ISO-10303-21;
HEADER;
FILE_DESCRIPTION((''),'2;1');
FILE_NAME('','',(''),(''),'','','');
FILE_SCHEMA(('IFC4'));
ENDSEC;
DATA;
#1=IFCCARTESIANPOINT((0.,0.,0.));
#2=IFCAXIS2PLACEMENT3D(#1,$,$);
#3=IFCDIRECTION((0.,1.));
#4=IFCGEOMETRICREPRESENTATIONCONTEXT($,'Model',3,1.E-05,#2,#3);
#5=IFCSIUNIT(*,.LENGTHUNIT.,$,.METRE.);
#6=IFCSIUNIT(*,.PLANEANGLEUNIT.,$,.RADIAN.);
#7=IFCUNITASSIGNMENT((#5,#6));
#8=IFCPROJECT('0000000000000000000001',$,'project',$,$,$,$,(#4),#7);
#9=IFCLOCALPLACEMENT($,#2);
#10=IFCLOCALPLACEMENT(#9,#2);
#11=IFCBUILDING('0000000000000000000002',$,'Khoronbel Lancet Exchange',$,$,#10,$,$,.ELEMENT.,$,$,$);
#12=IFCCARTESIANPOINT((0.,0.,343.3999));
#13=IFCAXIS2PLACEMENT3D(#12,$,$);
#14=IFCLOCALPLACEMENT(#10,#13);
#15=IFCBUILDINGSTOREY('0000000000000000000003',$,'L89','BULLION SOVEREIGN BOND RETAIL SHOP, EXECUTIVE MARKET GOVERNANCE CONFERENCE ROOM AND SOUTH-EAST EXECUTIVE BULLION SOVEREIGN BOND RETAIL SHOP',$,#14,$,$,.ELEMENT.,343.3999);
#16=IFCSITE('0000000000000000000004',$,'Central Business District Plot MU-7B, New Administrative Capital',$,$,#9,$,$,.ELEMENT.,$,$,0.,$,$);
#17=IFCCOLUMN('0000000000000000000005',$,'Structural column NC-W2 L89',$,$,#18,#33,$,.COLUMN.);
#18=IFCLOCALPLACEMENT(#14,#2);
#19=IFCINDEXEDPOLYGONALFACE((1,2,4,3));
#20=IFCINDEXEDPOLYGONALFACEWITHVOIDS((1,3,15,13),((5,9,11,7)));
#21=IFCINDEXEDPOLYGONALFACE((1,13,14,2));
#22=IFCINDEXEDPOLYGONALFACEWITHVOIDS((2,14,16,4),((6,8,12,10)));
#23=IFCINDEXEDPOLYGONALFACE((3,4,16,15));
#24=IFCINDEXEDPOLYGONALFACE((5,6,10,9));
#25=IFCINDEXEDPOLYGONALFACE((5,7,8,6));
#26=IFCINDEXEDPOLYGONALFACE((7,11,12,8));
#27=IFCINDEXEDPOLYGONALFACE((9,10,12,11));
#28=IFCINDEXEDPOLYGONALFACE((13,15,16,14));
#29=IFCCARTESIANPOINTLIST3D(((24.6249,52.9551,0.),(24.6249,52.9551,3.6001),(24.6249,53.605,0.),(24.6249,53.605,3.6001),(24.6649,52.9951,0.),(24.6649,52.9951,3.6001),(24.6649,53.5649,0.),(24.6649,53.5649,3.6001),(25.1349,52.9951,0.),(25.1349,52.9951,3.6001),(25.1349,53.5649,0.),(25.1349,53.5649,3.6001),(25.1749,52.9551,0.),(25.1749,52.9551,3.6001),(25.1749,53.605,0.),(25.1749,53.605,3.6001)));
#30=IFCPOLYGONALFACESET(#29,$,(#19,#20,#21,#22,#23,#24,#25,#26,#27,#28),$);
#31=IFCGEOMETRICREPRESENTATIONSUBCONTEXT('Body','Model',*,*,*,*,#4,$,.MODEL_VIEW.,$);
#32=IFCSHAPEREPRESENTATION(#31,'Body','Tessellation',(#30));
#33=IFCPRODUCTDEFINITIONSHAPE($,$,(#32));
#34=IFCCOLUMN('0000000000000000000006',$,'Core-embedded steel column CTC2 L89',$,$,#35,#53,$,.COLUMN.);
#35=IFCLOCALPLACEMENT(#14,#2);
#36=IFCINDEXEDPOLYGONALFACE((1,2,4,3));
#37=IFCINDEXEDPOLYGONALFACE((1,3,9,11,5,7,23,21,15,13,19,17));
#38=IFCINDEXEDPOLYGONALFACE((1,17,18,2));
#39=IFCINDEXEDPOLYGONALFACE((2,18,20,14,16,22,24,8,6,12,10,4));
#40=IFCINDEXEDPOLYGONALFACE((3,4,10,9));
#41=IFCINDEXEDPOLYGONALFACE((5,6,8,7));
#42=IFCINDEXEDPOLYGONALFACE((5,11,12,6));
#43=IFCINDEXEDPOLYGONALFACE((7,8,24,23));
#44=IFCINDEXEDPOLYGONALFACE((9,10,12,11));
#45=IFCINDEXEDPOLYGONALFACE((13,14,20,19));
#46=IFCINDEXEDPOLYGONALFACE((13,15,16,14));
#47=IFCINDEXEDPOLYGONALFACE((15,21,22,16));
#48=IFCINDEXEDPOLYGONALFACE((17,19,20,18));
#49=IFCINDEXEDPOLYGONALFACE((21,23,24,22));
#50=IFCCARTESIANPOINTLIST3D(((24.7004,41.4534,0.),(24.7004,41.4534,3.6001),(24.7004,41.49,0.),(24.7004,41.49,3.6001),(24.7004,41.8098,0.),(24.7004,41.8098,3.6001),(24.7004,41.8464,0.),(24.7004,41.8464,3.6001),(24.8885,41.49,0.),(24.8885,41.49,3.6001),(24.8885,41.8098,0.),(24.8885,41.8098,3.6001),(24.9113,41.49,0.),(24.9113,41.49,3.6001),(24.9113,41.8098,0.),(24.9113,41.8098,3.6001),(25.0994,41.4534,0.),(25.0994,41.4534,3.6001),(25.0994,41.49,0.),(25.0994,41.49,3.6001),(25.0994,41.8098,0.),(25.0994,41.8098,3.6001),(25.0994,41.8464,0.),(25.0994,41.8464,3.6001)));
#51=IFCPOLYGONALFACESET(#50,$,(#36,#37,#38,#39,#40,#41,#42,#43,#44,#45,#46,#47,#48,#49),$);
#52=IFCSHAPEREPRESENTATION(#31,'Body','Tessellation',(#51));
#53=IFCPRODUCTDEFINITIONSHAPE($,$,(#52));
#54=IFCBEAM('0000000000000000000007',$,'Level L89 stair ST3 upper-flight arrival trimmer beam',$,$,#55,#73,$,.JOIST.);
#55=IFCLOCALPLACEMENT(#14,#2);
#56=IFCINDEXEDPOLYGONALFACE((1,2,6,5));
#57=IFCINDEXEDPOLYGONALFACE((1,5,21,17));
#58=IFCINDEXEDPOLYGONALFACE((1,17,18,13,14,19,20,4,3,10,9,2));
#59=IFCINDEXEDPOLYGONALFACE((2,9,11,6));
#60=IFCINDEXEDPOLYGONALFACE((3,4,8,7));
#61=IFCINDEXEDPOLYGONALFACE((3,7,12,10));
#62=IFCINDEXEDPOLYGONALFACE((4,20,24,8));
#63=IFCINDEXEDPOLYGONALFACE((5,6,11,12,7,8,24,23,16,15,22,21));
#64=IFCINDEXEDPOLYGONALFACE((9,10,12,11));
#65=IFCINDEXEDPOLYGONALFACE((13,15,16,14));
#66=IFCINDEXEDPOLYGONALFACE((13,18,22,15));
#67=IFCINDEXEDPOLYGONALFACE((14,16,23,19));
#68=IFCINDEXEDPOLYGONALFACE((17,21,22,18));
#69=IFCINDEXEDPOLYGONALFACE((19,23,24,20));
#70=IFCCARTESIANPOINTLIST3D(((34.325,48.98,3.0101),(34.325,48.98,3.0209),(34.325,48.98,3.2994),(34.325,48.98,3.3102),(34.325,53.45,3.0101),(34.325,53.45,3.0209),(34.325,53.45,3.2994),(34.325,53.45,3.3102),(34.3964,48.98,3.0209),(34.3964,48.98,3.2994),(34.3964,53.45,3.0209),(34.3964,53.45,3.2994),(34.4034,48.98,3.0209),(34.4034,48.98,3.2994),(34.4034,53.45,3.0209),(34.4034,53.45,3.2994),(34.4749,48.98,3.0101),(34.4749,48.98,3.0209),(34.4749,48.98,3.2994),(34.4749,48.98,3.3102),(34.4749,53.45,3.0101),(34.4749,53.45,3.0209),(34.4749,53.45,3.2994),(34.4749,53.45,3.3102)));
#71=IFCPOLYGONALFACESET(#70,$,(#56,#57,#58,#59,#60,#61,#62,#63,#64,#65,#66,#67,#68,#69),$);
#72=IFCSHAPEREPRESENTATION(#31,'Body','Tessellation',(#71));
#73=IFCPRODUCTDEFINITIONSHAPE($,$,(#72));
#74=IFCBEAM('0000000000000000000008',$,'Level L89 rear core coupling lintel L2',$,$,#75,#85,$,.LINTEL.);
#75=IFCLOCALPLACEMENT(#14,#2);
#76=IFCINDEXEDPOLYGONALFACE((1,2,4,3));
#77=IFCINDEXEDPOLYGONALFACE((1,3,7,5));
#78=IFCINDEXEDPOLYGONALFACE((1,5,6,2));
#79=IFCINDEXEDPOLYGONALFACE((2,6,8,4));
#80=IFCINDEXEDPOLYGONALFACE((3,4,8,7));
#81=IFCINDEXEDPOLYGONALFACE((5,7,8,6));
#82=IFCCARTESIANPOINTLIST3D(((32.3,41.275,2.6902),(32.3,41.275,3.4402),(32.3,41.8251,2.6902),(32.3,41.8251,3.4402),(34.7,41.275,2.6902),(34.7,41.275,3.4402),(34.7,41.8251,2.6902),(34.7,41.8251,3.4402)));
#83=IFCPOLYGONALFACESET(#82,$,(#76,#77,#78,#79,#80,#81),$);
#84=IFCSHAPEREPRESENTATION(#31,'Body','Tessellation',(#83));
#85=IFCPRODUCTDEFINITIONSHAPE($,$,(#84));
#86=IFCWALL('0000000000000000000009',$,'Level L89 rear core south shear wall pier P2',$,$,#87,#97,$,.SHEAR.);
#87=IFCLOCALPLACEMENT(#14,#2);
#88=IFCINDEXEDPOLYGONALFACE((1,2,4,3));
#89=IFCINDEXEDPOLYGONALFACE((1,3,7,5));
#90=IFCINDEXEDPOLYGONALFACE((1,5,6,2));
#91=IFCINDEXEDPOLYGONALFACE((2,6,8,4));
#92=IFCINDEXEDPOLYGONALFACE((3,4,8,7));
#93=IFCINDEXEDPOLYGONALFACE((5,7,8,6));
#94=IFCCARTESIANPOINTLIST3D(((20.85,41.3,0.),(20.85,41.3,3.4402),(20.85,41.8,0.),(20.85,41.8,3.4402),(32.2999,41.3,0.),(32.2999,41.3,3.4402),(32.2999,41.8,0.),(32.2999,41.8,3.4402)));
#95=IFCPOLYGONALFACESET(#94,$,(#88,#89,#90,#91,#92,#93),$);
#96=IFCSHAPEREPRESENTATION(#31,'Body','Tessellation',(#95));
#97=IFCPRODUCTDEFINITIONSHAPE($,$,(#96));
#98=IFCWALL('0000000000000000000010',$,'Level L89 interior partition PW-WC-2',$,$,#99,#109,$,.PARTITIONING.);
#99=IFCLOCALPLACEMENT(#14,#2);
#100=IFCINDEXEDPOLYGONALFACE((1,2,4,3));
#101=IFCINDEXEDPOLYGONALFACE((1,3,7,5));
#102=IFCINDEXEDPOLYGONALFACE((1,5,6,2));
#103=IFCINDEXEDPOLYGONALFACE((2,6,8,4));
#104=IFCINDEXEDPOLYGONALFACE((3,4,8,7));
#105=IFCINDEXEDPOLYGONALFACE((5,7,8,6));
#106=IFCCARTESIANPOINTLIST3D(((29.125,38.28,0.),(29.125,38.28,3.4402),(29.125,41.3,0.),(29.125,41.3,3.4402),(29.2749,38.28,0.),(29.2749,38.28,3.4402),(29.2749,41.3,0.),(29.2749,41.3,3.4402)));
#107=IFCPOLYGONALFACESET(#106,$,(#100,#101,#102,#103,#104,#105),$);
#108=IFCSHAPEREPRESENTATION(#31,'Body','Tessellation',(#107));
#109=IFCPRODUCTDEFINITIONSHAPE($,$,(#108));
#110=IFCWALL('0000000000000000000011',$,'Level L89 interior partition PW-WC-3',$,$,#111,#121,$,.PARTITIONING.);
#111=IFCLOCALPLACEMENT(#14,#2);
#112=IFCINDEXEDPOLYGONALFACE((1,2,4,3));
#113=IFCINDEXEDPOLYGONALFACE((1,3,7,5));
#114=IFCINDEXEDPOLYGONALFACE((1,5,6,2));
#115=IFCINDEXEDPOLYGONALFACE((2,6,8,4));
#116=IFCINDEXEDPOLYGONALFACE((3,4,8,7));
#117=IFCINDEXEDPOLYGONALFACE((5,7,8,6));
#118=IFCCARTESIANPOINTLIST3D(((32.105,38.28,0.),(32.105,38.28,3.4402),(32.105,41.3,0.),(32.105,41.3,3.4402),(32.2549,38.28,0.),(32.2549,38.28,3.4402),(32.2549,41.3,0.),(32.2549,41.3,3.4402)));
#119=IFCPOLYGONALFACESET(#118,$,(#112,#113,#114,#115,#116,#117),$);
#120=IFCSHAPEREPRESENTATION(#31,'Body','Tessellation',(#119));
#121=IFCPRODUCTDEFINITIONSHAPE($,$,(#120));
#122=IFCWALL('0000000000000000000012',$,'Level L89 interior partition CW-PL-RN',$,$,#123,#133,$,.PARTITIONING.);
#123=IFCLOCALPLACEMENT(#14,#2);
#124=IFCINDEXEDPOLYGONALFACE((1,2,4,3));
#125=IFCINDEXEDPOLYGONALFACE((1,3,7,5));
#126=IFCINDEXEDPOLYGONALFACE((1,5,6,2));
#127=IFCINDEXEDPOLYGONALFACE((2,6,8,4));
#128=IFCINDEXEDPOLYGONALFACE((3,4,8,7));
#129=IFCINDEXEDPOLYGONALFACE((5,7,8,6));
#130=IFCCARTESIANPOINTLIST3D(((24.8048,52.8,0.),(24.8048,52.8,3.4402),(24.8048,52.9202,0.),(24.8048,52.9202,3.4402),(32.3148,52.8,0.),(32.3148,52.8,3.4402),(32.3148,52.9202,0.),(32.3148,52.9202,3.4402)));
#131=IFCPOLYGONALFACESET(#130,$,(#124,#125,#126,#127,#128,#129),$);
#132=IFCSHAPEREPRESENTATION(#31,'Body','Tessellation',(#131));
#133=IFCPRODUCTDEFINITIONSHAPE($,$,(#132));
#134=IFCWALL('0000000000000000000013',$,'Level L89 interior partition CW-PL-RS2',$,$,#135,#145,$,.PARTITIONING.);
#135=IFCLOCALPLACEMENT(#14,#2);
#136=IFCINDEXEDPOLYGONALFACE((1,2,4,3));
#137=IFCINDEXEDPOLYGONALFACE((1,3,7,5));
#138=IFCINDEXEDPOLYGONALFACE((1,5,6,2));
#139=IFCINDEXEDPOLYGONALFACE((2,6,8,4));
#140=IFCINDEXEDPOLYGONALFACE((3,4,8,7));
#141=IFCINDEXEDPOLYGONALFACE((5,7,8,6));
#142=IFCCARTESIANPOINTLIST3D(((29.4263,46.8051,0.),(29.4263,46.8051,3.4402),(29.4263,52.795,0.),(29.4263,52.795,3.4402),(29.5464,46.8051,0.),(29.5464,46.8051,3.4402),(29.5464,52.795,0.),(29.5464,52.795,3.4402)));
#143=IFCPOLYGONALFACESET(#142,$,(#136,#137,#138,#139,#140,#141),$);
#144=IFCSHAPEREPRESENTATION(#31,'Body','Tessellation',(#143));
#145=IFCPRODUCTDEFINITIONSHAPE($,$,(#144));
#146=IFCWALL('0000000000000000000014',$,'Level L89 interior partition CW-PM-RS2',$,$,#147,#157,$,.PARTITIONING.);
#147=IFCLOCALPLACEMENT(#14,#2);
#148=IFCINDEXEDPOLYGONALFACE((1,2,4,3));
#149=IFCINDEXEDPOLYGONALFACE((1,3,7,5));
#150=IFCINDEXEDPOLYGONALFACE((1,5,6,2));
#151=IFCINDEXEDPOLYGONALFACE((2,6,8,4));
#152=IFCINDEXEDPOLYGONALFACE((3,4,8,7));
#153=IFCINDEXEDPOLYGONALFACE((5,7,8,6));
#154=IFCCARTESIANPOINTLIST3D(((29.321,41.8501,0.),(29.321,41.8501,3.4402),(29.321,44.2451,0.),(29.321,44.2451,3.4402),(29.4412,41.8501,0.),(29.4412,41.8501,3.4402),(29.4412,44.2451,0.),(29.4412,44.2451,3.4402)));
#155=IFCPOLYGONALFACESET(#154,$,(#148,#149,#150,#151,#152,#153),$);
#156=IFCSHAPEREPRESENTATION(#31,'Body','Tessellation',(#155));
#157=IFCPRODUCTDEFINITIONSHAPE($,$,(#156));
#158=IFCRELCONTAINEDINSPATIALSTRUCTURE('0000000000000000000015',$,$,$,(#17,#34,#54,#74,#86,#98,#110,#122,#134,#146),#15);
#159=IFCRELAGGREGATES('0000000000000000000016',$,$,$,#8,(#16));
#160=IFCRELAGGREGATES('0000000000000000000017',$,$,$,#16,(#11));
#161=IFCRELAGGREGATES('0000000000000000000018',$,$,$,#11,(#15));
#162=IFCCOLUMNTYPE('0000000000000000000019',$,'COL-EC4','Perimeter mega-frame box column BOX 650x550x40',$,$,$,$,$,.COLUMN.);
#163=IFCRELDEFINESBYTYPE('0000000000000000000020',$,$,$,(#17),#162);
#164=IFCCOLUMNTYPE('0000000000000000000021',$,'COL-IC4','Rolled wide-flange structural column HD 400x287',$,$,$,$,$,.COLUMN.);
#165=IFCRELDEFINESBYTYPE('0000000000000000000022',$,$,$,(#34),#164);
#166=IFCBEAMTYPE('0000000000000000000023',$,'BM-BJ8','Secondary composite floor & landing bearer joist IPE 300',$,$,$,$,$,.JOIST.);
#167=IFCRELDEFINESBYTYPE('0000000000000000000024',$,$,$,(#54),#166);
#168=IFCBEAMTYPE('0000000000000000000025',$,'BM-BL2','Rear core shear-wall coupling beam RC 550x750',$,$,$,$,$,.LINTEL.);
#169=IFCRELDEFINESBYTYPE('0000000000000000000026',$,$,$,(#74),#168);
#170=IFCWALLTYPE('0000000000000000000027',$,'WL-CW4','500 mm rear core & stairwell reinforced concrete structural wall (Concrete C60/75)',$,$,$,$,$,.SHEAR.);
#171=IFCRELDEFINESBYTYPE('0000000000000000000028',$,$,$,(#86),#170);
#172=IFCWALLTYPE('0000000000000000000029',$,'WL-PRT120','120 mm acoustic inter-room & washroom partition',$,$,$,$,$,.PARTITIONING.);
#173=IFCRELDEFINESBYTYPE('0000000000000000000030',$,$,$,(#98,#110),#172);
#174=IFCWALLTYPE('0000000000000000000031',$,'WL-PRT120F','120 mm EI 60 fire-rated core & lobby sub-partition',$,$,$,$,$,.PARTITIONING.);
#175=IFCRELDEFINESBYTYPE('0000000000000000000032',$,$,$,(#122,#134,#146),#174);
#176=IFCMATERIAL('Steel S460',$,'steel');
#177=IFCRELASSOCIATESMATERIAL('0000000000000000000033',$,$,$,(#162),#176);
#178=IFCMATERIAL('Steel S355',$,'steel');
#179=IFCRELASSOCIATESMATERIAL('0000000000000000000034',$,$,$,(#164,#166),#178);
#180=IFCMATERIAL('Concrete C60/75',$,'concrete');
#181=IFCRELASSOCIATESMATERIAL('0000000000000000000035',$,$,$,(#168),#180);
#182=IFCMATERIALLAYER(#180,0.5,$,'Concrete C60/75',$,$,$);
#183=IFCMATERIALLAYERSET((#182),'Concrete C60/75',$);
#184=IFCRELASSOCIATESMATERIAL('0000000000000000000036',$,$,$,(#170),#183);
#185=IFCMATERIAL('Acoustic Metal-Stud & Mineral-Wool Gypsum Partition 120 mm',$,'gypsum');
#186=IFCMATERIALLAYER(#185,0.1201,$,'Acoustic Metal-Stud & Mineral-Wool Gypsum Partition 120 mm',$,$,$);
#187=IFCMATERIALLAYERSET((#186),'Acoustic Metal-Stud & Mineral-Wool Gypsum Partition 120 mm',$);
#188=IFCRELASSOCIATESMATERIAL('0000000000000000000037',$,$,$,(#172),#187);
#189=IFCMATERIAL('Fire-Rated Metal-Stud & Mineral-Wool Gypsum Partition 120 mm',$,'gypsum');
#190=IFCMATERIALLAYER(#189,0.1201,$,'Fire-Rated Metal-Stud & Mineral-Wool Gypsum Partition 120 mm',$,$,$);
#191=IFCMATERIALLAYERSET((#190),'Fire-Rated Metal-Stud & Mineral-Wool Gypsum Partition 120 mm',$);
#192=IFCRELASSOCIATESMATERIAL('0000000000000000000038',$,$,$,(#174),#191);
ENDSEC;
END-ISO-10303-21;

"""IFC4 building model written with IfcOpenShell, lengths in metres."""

from ifc_helpers import new_model, si_unit, direction, frame, frame_2d, origin, origin_2d, place, context, subcontext, project, spatial, rectangle, hollow_rectangle, i_section, extrude, material, layer, layer_set, material_profile, profile_set, type_object, element, save


model = new_model("IFC4")

# Units and contexts
model_context = context("Model", 3, precision=1e-05, world=origin(), true_north=direction((0.0, 1.0)))
body_context = subcontext(model_context, "Body", "Model", "MODEL_VIEW")
ifc_project = project(units=[si_unit("LENGTHUNIT", "METRE"), si_unit("PLANEANGLEUNIT", "RADIAN")], contexts=[model_context])

# Site, building, storey
site_placement = place(None, origin())
site = spatial("IfcSite", under=ifc_project, at=site_placement, Name="Central Business District Plot MU-7B, New Administrative Capital", CompositionType="ELEMENT", RefElevation=0.0)
building_placement = place(site_placement, origin())
building = spatial("IfcBuilding", under=site, at=building_placement, Name="Khoronbel Lancet Exchange", CompositionType="ELEMENT")
storey_placement = place(building_placement, frame((0.0, 0.0, 343.3999)))
storey = spatial("IfcBuildingStorey", under=building, at=storey_placement, Name="L89", Description="BULLION SOVEREIGN BOND RETAIL SHOP, EXECUTIVE MARKET GOVERNANCE CONFERENCE ROOM AND SOUTH-EAST EXECUTIVE BULLION SOVEREIGN BOND RETAIL SHOP", CompositionType="ELEMENT", Elevation=343.3999)

# Columns
ifc_material_1 = material(Name="Steel S460", Category="steel")
ifc_material_profile_1 = material_profile(ifc_material_1, hollow_rectangle(XDim=0.55, YDim=0.6499, WallThickness=0.04, at=origin_2d()), Name="BOX 650x550x40")
ifc_profile_set_1 = profile_set([ifc_material_profile_1], Name="Steel S460")
column_type_1 = type_object("IfcColumnType", Name="COL-EC4", Description="Perimeter mega-frame box column BOX 650x550x40", PredefinedType="COLUMN", material=ifc_profile_set_1)
column_1_placement = place(storey_placement, frame((24.8999, 53.28, 0.0), z_axis=(0.0, 0.0, 1.0), x_axis=(1.0, 0.0, 0.0)))
element("IfcColumn", 1, at=column_1_placement, inside=storey, type_object=column_type_1, Name="Structural column NC-W2 L89", PredefinedType="COLUMN", context=body_context, shape_type="SweptSolid", body=[
    extrude(hollow_rectangle(XDim=0.55, YDim=0.6499, WallThickness=0.04, at=origin_2d()), origin(), (0.0, 0.0, 1.0), 3.6001),
])
ifc_material_2 = material(Name="Steel S355", Category="steel")
ifc_material_profile_2 = material_profile(ifc_material_2, i_section(OverallWidth=0.3989, OverallDepth=0.3931, WebThickness=0.0227, FlangeThickness=0.0366, at=origin_2d()), Name="HD 400x287")
ifc_profile_set_2 = profile_set([ifc_material_profile_2], Name="Steel S355")
column_type_2 = type_object("IfcColumnType", Name="COL-IC4", Description="Rolled wide-flange structural column HD 400x287", PredefinedType="COLUMN", material=ifc_profile_set_2)
column_2_placement = place(storey_placement, frame((24.8999, 41.6499, 0.0), z_axis=(0.0, 0.0, 1.0), x_axis=(1.0, 0.0, 0.0)))
element("IfcColumn", 2, at=column_2_placement, inside=storey, type_object=column_type_2, Name="Core-embedded steel column CTC2 L89", PredefinedType="COLUMN", context=body_context, shape_type="SweptSolid", body=[
    extrude(i_section(OverallWidth=0.3989, OverallDepth=0.3931, WebThickness=0.0227, FlangeThickness=0.0366, at=origin_2d()), origin(), (0.0, 0.0, 1.0), 3.6001),
])

# Beams
ifc_material_profile_3 = material_profile(ifc_material_2, i_section(OverallWidth=0.1499, OverallDepth=0.3, WebThickness=0.0071, FlangeThickness=0.0107, at=origin_2d()), Name="IPE 300")
ifc_profile_set_3 = profile_set([ifc_material_profile_3], Name="Steel S355")
beam_type_1 = type_object("IfcBeamType", Name="BM-BJ8", Description="Secondary composite floor & landing bearer joist IPE 300", PredefinedType="JOIST", material=ifc_profile_set_3)
beam_1_placement = place(storey_placement, frame((34.3999, 48.98, 3.1602), z_axis=(0.0, 1.0, 0.0), x_axis=(-1.0, 0.0, 0.0)))
element("IfcBeam", 3, at=beam_1_placement, inside=storey, type_object=beam_type_1, Name="Level L89 stair ST3 upper-flight arrival trimmer beam", PredefinedType="JOIST", context=body_context, shape_type="SweptSolid", body=[
    extrude(i_section(OverallWidth=0.1499, OverallDepth=0.3, WebThickness=0.0071, FlangeThickness=0.0107, at=origin_2d()), origin(), (0.0, 0.0, 1.0), 4.47),
])
ifc_material_3 = material(Name="Concrete C60/75", Category="concrete")
ifc_material_profile_4 = material_profile(ifc_material_3, rectangle(XDim=0.55, YDim=0.75, at=origin_2d()), Name="RC 550x750")
ifc_profile_set_4 = profile_set([ifc_material_profile_4], Name="Concrete C60/75")
beam_type_2 = type_object("IfcBeamType", Name="BM-BL2", Description="Rear core shear-wall coupling beam RC 550x750", PredefinedType="LINTEL", material=ifc_profile_set_4)
beam_2_placement = place(storey_placement, frame((32.3, 41.55, 3.0652), z_axis=(1.0, 0.0, 0.0), x_axis=(0.0, 1.0, 0.0)))
element("IfcBeam", 4, at=beam_2_placement, inside=storey, type_object=beam_type_2, Name="Level L89 rear core coupling lintel L2", PredefinedType="LINTEL", context=body_context, shape_type="SweptSolid", body=[
    extrude(rectangle(XDim=0.55, YDim=0.75, at=origin_2d()), origin(), (0.0, 0.0, 1.0), 2.3999),
])

# Walls
ifc_layer_1 = layer(ifc_material_3, 0.5, Name="Concrete C60/75")
ifc_layer_set_1 = layer_set([ifc_layer_1], Name="Concrete C60/75")
wall_type_1 = type_object("IfcWallType", Name="WL-CW4", Description="500 mm rear core & stairwell reinforced concrete structural wall (Concrete C60/75)", PredefinedType="SHEAR", material=ifc_layer_set_1)
wall_1_placement = place(storey_placement, frame((32.3, 41.55, 0.0), z_axis=(0.0, 0.0, 1.0), x_axis=(-1.0, 0.0, 0.0)))
element("IfcWall", 5, at=wall_1_placement, inside=storey, type_object=wall_type_1, Name="Level L89 rear core south shear wall pier P2", PredefinedType="SHEAR", context=body_context, shape_type="SweptSolid", body=[
    extrude(rectangle(XDim=11.45, YDim=0.5, at=frame_2d((5.7251, 0.0))), origin(), (0.0, 0.0, 1.0), 3.4402),
])
ifc_material_4 = material(Name="Acoustic Metal-Stud & Mineral-Wool Gypsum Partition 120 mm", Category="gypsum")
ifc_layer_2 = layer(ifc_material_4, 0.1201, Name="Acoustic Metal-Stud & Mineral-Wool Gypsum Partition 120 mm")
ifc_layer_set_2 = layer_set([ifc_layer_2], Name="Acoustic Metal-Stud & Mineral-Wool Gypsum Partition 120 mm")
wall_type_2 = type_object("IfcWallType", Name="WL-PRT120", Description="120 mm acoustic inter-room & washroom partition", PredefinedType="PARTITIONING", material=ifc_layer_set_2)
for number, where, z_axis, x_axis, name in (
    (6, (29.2, 38.28, 0.0), (0.0, 0.0, 1.0), (0.0, 1.0, 0.0), "Level L89 interior partition PW-WC-2"),
    (7, (32.1799, 38.28, 0.0), (0.0, 0.0, 1.0), (0.0, 1.0, 0.0), "Level L89 interior partition PW-WC-3"),
):
    element("IfcWall", number, at=place(storey_placement, frame(where, z_axis=z_axis, x_axis=x_axis)), inside=storey, type_object=wall_type_2, Name=name, PredefinedType="PARTITIONING", context=body_context, shape_type="SweptSolid", body=[
        extrude(rectangle(XDim=3.02, YDim=0.1499, at=frame_2d((1.51, 0.0))), origin(), (0.0, 0.0, 1.0), 3.4402),
    ])
ifc_material_5 = material(Name="Fire-Rated Metal-Stud & Mineral-Wool Gypsum Partition 120 mm", Category="gypsum")
ifc_layer_3 = layer(ifc_material_5, 0.1201, Name="Fire-Rated Metal-Stud & Mineral-Wool Gypsum Partition 120 mm")
ifc_layer_set_3 = layer_set([ifc_layer_3], Name="Fire-Rated Metal-Stud & Mineral-Wool Gypsum Partition 120 mm")
wall_type_3 = type_object("IfcWallType", Name="WL-PRT120F", Description="120 mm EI 60 fire-rated core & lobby sub-partition", PredefinedType="PARTITIONING", material=ifc_layer_set_3)
wall_2_placement = place(storey_placement, frame((24.8049, 52.8601, 0.0), z_axis=(0.0, 0.0, 1.0), x_axis=(1.0, 0.0, 0.0)))
element("IfcWall", 8, at=wall_2_placement, inside=storey, type_object=wall_type_3, Name="Level L89 interior partition CW-PL-RN", PredefinedType="PARTITIONING", context=body_context, shape_type="SweptSolid", body=[
    extrude(rectangle(XDim=7.51, YDim=0.1201, at=frame_2d((3.7549, 0.0))), origin(), (0.0, 0.0, 1.0), 3.4402),
])
wall_3_placement = place(storey_placement, frame((29.4863, 46.8049, 0.0), z_axis=(0.0, 0.0, 1.0), x_axis=(0.0, 1.0, 0.0)))
element("IfcWall", 9, at=wall_3_placement, inside=storey, type_object=wall_type_3, Name="Level L89 interior partition CW-PL-RS2", PredefinedType="PARTITIONING", context=body_context, shape_type="SweptSolid", body=[
    extrude(rectangle(XDim=5.99, YDim=0.1201, at=frame_2d((2.9951, 0.0))), origin(), (0.0, 0.0, 1.0), 3.4402),
])
wall_4_placement = place(storey_placement, frame((29.3811, 41.8501, 0.0), z_axis=(0.0, 0.0, 1.0), x_axis=(0.0, 1.0, 0.0)))
element("IfcWall", 10, at=wall_4_placement, inside=storey, type_object=wall_type_3, Name="Level L89 interior partition CW-PM-RS2", PredefinedType="PARTITIONING", context=body_context, shape_type="SweptSolid", body=[
    extrude(rectangle(XDim=2.395, YDim=0.1201, at=frame_2d((1.1975, 0.0))), origin(), (0.0, 0.0, 1.0), 3.4402),
])

save(model, "model.ifc")
